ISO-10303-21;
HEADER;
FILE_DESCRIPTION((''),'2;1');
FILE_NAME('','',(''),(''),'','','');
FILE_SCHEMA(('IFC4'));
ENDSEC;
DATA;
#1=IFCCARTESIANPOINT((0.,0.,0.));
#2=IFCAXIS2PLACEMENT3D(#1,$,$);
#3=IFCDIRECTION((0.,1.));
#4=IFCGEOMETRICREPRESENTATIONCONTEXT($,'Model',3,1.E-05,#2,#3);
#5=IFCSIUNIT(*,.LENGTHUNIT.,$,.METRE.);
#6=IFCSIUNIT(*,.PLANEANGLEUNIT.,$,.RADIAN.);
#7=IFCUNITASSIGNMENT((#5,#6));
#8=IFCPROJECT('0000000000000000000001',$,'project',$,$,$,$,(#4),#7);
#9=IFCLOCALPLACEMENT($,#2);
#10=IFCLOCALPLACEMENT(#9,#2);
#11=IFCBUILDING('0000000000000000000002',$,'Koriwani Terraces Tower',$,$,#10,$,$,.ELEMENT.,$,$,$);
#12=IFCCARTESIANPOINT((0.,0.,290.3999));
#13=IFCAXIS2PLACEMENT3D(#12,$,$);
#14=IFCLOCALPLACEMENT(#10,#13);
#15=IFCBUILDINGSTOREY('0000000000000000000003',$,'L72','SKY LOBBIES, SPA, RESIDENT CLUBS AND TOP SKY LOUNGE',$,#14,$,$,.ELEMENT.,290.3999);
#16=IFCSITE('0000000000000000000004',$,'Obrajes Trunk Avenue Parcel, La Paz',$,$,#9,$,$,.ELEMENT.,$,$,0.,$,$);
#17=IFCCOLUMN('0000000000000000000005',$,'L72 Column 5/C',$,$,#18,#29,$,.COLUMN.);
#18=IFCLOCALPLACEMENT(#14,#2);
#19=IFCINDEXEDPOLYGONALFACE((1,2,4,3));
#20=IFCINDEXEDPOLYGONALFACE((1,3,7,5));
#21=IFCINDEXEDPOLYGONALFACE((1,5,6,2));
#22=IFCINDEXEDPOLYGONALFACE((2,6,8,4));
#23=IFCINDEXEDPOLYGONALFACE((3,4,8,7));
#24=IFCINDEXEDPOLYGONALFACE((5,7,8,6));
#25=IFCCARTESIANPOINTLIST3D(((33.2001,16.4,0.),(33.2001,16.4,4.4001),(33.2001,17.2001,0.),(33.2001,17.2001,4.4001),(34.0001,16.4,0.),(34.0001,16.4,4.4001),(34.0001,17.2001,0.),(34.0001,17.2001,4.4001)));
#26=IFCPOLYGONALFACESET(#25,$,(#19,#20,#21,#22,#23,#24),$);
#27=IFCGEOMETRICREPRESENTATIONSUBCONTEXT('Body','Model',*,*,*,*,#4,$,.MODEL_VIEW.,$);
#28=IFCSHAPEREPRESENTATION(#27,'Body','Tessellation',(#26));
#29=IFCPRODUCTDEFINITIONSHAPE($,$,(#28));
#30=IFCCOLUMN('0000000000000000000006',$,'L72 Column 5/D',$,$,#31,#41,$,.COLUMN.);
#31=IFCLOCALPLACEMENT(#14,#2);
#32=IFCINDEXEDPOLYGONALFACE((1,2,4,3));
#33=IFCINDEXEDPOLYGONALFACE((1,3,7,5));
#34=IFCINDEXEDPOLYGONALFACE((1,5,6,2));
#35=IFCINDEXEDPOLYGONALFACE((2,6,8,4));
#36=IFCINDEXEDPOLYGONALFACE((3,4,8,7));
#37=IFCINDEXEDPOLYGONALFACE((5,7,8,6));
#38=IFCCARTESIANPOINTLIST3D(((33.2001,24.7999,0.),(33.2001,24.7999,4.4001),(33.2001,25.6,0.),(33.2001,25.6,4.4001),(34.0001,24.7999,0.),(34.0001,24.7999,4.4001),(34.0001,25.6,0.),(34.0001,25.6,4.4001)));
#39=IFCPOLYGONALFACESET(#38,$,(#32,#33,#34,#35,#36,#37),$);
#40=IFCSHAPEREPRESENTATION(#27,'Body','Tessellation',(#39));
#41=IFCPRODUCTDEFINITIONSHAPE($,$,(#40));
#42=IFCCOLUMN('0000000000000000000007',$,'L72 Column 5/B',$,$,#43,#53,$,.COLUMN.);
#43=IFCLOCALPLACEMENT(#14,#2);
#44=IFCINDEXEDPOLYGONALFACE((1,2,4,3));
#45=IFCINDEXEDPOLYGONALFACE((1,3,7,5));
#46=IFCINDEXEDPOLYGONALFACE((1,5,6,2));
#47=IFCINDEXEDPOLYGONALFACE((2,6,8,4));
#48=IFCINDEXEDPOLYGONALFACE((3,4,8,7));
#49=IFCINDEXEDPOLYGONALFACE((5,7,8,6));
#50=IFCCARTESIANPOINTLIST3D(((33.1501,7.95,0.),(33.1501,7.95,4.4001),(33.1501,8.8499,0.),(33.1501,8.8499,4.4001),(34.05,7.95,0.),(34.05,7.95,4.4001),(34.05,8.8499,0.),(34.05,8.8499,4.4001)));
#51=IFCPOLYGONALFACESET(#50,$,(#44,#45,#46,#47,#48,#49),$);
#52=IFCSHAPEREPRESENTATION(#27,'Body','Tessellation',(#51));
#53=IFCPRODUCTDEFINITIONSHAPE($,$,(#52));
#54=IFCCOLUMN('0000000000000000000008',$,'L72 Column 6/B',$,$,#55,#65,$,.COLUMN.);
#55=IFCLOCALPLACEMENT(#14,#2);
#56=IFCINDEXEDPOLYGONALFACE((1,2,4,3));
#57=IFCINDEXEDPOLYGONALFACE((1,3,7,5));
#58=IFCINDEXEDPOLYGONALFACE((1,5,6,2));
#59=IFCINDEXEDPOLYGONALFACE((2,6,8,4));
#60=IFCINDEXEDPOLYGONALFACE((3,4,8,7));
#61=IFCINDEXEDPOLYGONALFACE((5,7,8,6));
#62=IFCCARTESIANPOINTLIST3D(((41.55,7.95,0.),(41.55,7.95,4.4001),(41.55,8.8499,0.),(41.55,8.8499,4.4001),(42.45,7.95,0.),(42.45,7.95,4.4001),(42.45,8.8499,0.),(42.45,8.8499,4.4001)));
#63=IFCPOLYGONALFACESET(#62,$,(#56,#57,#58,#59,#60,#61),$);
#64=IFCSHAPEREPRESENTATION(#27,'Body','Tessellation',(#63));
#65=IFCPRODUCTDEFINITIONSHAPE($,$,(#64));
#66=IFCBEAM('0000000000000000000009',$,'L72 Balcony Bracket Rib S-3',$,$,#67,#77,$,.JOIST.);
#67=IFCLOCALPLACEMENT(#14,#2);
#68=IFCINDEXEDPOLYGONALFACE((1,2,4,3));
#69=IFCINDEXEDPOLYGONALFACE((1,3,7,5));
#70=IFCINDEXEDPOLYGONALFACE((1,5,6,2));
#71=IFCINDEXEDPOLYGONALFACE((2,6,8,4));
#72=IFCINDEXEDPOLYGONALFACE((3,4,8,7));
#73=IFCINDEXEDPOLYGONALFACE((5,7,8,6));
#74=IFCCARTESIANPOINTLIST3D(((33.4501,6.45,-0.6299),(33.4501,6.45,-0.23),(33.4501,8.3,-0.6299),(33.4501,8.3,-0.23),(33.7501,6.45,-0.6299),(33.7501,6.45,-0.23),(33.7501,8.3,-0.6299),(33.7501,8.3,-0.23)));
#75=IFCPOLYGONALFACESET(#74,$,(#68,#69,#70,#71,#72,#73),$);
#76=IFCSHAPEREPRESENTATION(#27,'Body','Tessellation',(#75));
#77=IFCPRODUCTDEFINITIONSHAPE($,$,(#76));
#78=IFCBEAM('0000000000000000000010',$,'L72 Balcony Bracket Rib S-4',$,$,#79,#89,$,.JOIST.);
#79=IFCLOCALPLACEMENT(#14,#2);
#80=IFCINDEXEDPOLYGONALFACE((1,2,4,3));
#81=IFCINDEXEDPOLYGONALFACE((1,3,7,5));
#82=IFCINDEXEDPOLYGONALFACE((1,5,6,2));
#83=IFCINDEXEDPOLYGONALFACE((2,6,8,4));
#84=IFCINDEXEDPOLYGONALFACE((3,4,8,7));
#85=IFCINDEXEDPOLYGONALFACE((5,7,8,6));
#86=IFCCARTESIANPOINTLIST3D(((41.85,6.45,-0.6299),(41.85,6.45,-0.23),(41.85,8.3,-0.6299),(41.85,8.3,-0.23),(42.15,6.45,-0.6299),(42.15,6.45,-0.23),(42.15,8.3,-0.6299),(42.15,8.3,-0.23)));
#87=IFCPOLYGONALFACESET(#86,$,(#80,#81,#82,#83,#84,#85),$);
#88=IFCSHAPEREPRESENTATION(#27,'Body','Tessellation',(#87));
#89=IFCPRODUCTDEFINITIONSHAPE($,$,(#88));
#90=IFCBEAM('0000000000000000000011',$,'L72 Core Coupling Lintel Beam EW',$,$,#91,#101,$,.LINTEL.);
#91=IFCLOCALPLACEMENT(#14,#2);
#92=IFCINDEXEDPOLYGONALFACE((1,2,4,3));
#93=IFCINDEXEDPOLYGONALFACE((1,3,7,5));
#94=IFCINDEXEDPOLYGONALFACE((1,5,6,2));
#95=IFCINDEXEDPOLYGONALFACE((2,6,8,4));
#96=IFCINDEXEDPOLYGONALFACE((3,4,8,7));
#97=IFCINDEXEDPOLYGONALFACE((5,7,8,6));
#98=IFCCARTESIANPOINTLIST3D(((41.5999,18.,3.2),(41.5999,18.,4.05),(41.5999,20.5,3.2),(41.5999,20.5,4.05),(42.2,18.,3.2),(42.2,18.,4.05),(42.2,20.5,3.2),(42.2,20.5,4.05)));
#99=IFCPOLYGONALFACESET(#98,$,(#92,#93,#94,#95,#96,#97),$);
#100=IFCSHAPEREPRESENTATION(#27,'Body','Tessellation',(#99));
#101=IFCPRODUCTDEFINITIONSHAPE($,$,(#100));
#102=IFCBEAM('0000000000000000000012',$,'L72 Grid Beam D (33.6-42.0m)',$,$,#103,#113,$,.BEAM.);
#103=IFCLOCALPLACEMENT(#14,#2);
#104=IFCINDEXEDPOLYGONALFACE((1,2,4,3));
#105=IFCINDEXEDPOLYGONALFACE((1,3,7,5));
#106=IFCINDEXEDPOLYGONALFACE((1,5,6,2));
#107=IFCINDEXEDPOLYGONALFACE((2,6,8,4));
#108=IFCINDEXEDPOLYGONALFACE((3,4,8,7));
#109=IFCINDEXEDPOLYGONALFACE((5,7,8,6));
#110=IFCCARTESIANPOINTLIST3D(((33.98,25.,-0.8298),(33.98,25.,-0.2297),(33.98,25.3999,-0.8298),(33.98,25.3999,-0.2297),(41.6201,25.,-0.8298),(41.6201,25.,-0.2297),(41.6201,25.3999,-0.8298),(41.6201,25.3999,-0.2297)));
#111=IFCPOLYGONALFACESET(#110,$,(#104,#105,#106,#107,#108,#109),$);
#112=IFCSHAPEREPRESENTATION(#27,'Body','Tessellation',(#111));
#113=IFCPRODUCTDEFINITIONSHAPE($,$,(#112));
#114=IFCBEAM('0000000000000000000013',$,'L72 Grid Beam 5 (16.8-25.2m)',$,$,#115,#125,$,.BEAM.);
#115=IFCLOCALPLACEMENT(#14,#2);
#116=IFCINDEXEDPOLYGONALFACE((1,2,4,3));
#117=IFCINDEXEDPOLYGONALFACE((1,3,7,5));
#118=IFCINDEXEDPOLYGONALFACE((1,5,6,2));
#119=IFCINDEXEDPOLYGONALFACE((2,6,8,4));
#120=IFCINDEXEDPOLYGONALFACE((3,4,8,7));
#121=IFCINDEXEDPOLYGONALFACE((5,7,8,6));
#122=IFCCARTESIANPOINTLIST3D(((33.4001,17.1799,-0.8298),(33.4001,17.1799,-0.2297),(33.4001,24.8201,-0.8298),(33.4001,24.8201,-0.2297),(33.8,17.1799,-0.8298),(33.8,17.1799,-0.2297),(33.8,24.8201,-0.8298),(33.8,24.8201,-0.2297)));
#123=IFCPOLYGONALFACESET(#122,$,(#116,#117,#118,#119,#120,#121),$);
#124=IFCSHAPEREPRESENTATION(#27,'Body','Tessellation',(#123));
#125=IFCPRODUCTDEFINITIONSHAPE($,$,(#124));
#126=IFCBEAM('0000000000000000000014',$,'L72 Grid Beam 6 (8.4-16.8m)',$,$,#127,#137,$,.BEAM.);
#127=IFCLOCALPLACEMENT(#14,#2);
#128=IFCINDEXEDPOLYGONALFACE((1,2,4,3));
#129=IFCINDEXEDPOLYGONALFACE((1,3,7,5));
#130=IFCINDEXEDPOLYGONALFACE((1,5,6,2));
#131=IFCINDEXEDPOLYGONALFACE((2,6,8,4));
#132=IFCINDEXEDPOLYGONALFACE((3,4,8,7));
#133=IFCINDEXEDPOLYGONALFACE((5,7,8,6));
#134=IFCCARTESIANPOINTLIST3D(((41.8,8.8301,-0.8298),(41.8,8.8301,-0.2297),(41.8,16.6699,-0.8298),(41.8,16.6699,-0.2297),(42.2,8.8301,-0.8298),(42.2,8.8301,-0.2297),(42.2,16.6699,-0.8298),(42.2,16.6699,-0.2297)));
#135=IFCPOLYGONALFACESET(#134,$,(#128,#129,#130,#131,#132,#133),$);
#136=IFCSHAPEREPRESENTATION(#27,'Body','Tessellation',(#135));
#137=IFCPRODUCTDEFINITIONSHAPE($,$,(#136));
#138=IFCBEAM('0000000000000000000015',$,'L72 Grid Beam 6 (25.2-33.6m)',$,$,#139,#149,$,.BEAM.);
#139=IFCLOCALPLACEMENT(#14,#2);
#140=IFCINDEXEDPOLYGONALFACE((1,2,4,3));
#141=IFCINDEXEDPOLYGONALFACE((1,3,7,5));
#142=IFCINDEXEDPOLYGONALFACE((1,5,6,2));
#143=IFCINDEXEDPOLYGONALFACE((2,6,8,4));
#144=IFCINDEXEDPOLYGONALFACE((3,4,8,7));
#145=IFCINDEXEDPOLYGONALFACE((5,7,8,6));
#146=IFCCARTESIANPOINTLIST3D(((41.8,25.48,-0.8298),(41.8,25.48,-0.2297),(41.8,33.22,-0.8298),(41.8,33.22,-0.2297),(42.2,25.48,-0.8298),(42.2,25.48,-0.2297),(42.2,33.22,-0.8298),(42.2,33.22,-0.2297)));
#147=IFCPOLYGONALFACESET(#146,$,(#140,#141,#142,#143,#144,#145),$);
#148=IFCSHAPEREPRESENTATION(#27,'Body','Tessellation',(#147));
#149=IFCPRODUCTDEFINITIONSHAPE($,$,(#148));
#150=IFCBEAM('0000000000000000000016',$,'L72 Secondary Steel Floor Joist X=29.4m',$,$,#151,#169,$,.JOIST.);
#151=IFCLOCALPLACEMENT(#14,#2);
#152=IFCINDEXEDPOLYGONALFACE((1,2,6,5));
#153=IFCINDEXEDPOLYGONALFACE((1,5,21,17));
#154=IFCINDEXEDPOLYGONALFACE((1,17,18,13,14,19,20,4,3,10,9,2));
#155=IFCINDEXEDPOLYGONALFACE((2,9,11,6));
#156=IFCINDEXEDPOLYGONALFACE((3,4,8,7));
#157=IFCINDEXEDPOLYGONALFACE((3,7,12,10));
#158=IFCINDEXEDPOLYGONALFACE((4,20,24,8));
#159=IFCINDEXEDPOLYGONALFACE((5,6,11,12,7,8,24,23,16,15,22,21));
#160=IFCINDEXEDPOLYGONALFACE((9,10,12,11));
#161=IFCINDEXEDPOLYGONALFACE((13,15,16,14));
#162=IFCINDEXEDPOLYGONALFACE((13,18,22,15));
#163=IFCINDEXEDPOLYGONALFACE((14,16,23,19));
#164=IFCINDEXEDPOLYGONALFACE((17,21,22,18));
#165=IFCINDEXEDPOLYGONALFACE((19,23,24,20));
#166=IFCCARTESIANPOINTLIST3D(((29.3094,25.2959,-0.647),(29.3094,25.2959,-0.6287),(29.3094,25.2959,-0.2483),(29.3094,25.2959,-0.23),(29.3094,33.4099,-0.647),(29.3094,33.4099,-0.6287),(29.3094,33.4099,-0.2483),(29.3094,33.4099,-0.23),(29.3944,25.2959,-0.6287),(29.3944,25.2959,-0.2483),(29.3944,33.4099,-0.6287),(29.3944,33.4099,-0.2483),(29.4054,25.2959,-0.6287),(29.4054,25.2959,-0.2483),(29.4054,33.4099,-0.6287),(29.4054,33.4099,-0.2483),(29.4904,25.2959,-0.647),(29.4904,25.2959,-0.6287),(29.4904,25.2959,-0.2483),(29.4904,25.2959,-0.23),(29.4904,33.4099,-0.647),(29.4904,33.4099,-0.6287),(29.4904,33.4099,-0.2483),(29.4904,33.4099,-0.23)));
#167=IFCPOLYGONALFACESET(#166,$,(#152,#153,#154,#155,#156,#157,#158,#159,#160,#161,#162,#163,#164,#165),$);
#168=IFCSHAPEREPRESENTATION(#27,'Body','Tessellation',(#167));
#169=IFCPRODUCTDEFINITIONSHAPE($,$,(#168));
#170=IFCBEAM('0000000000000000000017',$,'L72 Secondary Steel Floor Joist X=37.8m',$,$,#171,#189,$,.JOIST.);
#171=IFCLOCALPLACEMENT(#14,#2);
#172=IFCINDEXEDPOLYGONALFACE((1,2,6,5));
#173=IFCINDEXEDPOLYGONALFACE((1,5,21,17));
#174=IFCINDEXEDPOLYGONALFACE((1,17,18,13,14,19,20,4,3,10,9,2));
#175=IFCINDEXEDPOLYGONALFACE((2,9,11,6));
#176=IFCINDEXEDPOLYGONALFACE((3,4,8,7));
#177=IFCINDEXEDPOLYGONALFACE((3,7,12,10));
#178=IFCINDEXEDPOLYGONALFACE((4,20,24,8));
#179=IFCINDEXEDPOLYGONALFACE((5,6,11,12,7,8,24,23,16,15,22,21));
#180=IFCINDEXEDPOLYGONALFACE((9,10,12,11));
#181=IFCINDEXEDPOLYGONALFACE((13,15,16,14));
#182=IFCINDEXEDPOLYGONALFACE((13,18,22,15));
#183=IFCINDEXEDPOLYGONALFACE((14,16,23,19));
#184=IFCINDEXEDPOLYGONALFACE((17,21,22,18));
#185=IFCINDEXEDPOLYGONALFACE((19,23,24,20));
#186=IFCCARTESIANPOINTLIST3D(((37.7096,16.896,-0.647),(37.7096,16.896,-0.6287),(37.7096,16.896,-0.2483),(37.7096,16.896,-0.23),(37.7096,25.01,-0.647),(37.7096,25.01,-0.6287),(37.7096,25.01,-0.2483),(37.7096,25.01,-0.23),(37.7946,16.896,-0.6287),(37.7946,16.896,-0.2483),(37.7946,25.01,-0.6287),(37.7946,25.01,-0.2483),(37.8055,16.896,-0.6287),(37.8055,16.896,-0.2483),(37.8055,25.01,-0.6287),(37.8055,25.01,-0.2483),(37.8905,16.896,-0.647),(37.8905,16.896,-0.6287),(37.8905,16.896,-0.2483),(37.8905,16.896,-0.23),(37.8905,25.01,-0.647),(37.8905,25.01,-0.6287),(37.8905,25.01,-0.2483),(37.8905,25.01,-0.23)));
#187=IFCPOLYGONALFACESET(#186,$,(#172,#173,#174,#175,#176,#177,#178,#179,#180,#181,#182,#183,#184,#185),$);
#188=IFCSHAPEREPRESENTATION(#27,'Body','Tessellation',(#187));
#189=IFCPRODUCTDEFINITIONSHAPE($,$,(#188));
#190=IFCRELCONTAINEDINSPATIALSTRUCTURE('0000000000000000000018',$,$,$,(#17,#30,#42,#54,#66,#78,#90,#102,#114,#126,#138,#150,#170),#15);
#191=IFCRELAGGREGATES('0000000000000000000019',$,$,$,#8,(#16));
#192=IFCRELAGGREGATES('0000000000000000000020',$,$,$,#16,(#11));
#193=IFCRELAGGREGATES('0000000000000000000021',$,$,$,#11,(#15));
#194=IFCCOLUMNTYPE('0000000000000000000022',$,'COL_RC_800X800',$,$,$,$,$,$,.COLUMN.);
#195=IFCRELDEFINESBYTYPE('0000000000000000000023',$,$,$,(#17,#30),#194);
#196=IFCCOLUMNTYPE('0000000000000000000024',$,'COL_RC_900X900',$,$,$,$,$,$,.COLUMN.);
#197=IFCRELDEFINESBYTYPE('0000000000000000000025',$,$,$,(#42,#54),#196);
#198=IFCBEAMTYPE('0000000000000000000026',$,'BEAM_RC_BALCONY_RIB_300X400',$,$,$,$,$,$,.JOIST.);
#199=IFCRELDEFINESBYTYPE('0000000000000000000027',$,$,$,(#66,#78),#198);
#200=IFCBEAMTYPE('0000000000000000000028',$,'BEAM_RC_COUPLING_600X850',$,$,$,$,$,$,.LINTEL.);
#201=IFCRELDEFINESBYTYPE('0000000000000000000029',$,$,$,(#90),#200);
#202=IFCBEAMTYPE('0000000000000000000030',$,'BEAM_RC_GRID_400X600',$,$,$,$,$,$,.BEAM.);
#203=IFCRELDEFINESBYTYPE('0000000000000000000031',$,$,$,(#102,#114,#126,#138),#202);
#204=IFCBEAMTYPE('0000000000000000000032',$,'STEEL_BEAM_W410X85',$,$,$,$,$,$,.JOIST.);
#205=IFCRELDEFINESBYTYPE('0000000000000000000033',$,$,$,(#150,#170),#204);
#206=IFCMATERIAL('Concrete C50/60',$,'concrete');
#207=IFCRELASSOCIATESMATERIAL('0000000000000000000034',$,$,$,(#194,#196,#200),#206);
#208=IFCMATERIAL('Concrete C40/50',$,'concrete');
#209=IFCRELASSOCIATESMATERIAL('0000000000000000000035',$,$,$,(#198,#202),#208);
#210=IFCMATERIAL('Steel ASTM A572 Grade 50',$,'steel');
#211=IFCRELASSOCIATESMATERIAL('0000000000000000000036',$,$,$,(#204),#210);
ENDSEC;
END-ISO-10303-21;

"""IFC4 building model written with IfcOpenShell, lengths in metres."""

from ifc_helpers import new_model, si_unit, direction, frame, origin, origin_2d, place, context, subcontext, project, spatial, rectangle, i_section, extrude, material, material_profile, profile_set, type_object, element, save


model = new_model("IFC4")

# Units and contexts
model_context = context("Model", 3, precision=1e-05, world=origin(), true_north=direction((0.0, 1.0)))
body_context = subcontext(model_context, "Body", "Model", "MODEL_VIEW")
ifc_project = project(units=[si_unit("LENGTHUNIT", "METRE"), si_unit("PLANEANGLEUNIT", "RADIAN")], contexts=[model_context])

# Site, building, storey
site_placement = place(None, origin())
site = spatial("IfcSite", under=ifc_project, at=site_placement, Name="Obrajes Trunk Avenue Parcel, La Paz", CompositionType="ELEMENT", RefElevation=0.0)
building_placement = place(site_placement, origin())
building = spatial("IfcBuilding", under=site, at=building_placement, Name="Koriwani Terraces Tower", CompositionType="ELEMENT")
storey_placement = place(building_placement, frame((0.0, 0.0, 290.3999)))
storey = spatial("IfcBuildingStorey", under=building, at=storey_placement, Name="L72", Description="SKY LOBBIES, SPA, RESIDENT CLUBS AND TOP SKY LOUNGE", CompositionType="ELEMENT", Elevation=290.3999)

# Columns
ifc_material_1 = material(Name="Concrete C50/60", Category="concrete")
ifc_material_profile_1 = material_profile(ifc_material_1, rectangle(XDim=0.8, YDim=0.8, at=origin_2d()), Name="Concrete C50/60", Category="LoadBearing")
ifc_profile_set_1 = profile_set([ifc_material_profile_1], Name="Concrete C50/60")
column_type_1 = type_object("IfcColumnType", Name="COL_RC_800X800", PredefinedType="COLUMN", material=ifc_profile_set_1)
for number, where, z_axis, x_axis, name in (
    (1, (33.6001, 16.8, 0.0), (0.0, 0.0, 1.0), (1.0, 0.0, 0.0), "L72 Column 5/C"),
    (2, (33.6001, 25.2, 0.0), (0.0, 0.0, 1.0), (1.0, 0.0, 0.0), "L72 Column 5/D"),
):
    element("IfcColumn", number, at=place(storey_placement, frame(where, z_axis=z_axis, x_axis=x_axis)), inside=storey, type_object=column_type_1, Name=name, PredefinedType="COLUMN", context=body_context, shape_type="SweptSolid", body=[
        extrude(rectangle(XDim=0.8, YDim=0.8, at=origin_2d()), origin(), (0.0, 0.0, 1.0), 4.4001),
    ])
ifc_material_profile_2 = material_profile(ifc_material_1, rectangle(XDim=0.8999, YDim=0.8999, at=origin_2d()), Name="Concrete C50/60", Category="LoadBearing")
ifc_profile_set_2 = profile_set([ifc_material_profile_2], Name="Concrete C50/60")
column_type_2 = type_object("IfcColumnType", Name="COL_RC_900X900", PredefinedType="COLUMN", material=ifc_profile_set_2)
for number, where, z_axis, x_axis, name in (
    (3, (33.6001, 8.3999, 0.0), (0.0, 0.0, 1.0), (1.0, 0.0, 0.0), "L72 Column 5/B"),
    (4, (42.0, 8.3999, 0.0), (0.0, 0.0, 1.0), (1.0, 0.0, 0.0), "L72 Column 6/B"),
):
    element("IfcColumn", number, at=place(storey_placement, frame(where, z_axis=z_axis, x_axis=x_axis)), inside=storey, type_object=column_type_2, Name=name, PredefinedType="COLUMN", context=body_context, shape_type="SweptSolid", body=[
        extrude(rectangle(XDim=0.8999, YDim=0.8999, at=origin_2d()), origin(), (0.0, 0.0, 1.0), 4.4001),
    ])

# Beams
ifc_material_2 = material(Name="Concrete C40/50", Category="concrete")
ifc_material_profile_3 = material_profile(ifc_material_2, rectangle(XDim=0.3, YDim=0.3999, at=origin_2d()), Name="Concrete C40/50", Category="LoadBearing")
ifc_profile_set_3 = profile_set([ifc_material_profile_3], Name="Concrete C40/50")
beam_type_1 = type_object("IfcBeamType", Name="BEAM_RC_BALCONY_RIB_300X400", PredefinedType="JOIST", material=ifc_profile_set_3)
for number, where, z_axis, x_axis, name in (
    (5, (33.6001, 6.45, -0.4299), (0.0, 1.0, 0.0), (-1.0, 0.0, 0.0), "L72 Balcony Bracket Rib S-3"),
    (6, (42.0, 6.45, -0.4299), (0.0, 1.0, 0.0), (-1.0, 0.0, 0.0), "L72 Balcony Bracket Rib S-4"),
):
    element("IfcBeam", number, at=place(storey_placement, frame(where, z_axis=z_axis, x_axis=x_axis)), inside=storey, type_object=beam_type_1, Name=name, PredefinedType="JOIST", context=body_context, shape_type="SweptSolid", body=[
        extrude(rectangle(XDim=0.3, YDim=0.3999, at=origin_2d()), origin(), (0.0, 0.0, 1.0), 1.8501),
    ])
ifc_material_profile_4 = material_profile(ifc_material_1, rectangle(XDim=0.6001, YDim=0.8501, at=origin_2d()), Name="Concrete C50/60", Category="LoadBearing")
ifc_profile_set_4 = profile_set([ifc_material_profile_4], Name="Concrete C50/60")
beam_type_2 = type_object("IfcBeamType", Name="BEAM_RC_COUPLING_600X850", PredefinedType="LINTEL", material=ifc_profile_set_4)
beam_1_placement = place(storey_placement, frame((41.8999, 18.0, 3.625), z_axis=(0.0, 1.0, 0.0), x_axis=(-1.0, 0.0, 0.0)))
element("IfcBeam", 7, at=beam_1_placement, inside=storey, type_object=beam_type_2, Name="L72 Core Coupling Lintel Beam EW", PredefinedType="LINTEL", context=body_context, shape_type="SweptSolid", body=[
    extrude(rectangle(XDim=0.6001, YDim=0.8501, at=origin_2d()), origin(), (0.0, 0.0, 1.0), 2.5),
])
ifc_material_profile_5 = material_profile(ifc_material_2, rectangle(XDim=0.3999, YDim=0.6001, at=origin_2d()), Name="Concrete C40/50", Category="LoadBearing")
ifc_profile_set_5 = profile_set([ifc_material_profile_5], Name="Concrete C40/50")
beam_type_3 = type_object("IfcBeamType", Name="BEAM_RC_GRID_400X600", PredefinedType="BEAM", material=ifc_profile_set_5)
for number, where, z_axis, x_axis, name in (
    (8, (33.98, 25.2, -0.5298), (1.0, 0.0, 0.0), (0.0, 1.0, 0.0), "L72 Grid Beam D (33.6-42.0m)"),
    (9, (33.6001, 17.1799, -0.5298), (0.0, 1.0, 0.0), (-1.0, 0.0, 0.0), "L72 Grid Beam 5 (16.8-25.2m)"),
):
    element("IfcBeam", number, at=place(storey_placement, frame(where, z_axis=z_axis, x_axis=x_axis)), inside=storey, type_object=beam_type_3, Name=name, PredefinedType="BEAM", context=body_context, shape_type="SweptSolid", body=[
        extrude(rectangle(XDim=0.3999, YDim=0.6001, at=origin_2d()), origin(), (0.0, 0.0, 1.0), 7.6401),
    ])
beam_2_placement = place(storey_placement, frame((42.0, 8.8301, -0.5298), z_axis=(0.0, 1.0, 0.0), x_axis=(-1.0, 0.0, 0.0)))
element("IfcBeam", 10, at=beam_2_placement, inside=storey, type_object=beam_type_3, Name="L72 Grid Beam 6 (8.4-16.8m)", PredefinedType="BEAM", context=body_context, shape_type="SweptSolid", body=[
    extrude(rectangle(XDim=0.3999, YDim=0.6001, at=origin_2d()), origin(), (0.0, 0.0, 1.0), 7.8398),
])
beam_3_placement = place(storey_placement, frame((42.0, 25.48, -0.5298), z_axis=(0.0, 1.0, 0.0), x_axis=(-1.0, 0.0, 0.0)))
element("IfcBeam", 11, at=beam_3_placement, inside=storey, type_object=beam_type_3, Name="L72 Grid Beam 6 (25.2-33.6m)", PredefinedType="BEAM", context=body_context, shape_type="SweptSolid", body=[
    extrude(rectangle(XDim=0.3999, YDim=0.6001, at=origin_2d()), origin(), (0.0, 0.0, 1.0), 7.74),
])
ifc_material_3 = material(Name="Steel ASTM A572 Grade 50", Category="steel")
ifc_material_profile_6 = material_profile(ifc_material_3, i_section(OverallWidth=0.1809, OverallDepth=0.417, WebThickness=0.011, FlangeThickness=0.0183, at=origin_2d()), Name="Steel ASTM A572 Grade 50", Category="LoadBearing")
ifc_profile_set_6 = profile_set([ifc_material_profile_6], Name="Steel ASTM A572 Grade 50")
beam_type_4 = type_object("IfcBeamType", Name="STEEL_BEAM_W410X85", PredefinedType="JOIST", material=ifc_profile_set_6)
for number, where, z_axis, x_axis, name in (
    (12, (29.3999, 25.2959, -0.4385), (0.0, 1.0, 0.0), (-1.0, 0.0, 0.0), "L72 Secondary Steel Floor Joist X=29.4m"),
    (13, (37.8, 16.896, -0.4385), (0.0, 1.0, 0.0), (-1.0, 0.0, 0.0), "L72 Secondary Steel Floor Joist X=37.8m"),
):
    element("IfcBeam", number, at=place(storey_placement, frame(where, z_axis=z_axis, x_axis=x_axis)), inside=storey, type_object=beam_type_4, Name=name, PredefinedType="JOIST", context=body_context, shape_type="SweptSolid", body=[
        extrude(i_section(OverallWidth=0.1809, OverallDepth=0.417, WebThickness=0.011, FlangeThickness=0.0183, at=origin_2d()), origin(), (0.0, 0.0, 1.0), 8.114),
    ])

save(model, "model.ifc")
